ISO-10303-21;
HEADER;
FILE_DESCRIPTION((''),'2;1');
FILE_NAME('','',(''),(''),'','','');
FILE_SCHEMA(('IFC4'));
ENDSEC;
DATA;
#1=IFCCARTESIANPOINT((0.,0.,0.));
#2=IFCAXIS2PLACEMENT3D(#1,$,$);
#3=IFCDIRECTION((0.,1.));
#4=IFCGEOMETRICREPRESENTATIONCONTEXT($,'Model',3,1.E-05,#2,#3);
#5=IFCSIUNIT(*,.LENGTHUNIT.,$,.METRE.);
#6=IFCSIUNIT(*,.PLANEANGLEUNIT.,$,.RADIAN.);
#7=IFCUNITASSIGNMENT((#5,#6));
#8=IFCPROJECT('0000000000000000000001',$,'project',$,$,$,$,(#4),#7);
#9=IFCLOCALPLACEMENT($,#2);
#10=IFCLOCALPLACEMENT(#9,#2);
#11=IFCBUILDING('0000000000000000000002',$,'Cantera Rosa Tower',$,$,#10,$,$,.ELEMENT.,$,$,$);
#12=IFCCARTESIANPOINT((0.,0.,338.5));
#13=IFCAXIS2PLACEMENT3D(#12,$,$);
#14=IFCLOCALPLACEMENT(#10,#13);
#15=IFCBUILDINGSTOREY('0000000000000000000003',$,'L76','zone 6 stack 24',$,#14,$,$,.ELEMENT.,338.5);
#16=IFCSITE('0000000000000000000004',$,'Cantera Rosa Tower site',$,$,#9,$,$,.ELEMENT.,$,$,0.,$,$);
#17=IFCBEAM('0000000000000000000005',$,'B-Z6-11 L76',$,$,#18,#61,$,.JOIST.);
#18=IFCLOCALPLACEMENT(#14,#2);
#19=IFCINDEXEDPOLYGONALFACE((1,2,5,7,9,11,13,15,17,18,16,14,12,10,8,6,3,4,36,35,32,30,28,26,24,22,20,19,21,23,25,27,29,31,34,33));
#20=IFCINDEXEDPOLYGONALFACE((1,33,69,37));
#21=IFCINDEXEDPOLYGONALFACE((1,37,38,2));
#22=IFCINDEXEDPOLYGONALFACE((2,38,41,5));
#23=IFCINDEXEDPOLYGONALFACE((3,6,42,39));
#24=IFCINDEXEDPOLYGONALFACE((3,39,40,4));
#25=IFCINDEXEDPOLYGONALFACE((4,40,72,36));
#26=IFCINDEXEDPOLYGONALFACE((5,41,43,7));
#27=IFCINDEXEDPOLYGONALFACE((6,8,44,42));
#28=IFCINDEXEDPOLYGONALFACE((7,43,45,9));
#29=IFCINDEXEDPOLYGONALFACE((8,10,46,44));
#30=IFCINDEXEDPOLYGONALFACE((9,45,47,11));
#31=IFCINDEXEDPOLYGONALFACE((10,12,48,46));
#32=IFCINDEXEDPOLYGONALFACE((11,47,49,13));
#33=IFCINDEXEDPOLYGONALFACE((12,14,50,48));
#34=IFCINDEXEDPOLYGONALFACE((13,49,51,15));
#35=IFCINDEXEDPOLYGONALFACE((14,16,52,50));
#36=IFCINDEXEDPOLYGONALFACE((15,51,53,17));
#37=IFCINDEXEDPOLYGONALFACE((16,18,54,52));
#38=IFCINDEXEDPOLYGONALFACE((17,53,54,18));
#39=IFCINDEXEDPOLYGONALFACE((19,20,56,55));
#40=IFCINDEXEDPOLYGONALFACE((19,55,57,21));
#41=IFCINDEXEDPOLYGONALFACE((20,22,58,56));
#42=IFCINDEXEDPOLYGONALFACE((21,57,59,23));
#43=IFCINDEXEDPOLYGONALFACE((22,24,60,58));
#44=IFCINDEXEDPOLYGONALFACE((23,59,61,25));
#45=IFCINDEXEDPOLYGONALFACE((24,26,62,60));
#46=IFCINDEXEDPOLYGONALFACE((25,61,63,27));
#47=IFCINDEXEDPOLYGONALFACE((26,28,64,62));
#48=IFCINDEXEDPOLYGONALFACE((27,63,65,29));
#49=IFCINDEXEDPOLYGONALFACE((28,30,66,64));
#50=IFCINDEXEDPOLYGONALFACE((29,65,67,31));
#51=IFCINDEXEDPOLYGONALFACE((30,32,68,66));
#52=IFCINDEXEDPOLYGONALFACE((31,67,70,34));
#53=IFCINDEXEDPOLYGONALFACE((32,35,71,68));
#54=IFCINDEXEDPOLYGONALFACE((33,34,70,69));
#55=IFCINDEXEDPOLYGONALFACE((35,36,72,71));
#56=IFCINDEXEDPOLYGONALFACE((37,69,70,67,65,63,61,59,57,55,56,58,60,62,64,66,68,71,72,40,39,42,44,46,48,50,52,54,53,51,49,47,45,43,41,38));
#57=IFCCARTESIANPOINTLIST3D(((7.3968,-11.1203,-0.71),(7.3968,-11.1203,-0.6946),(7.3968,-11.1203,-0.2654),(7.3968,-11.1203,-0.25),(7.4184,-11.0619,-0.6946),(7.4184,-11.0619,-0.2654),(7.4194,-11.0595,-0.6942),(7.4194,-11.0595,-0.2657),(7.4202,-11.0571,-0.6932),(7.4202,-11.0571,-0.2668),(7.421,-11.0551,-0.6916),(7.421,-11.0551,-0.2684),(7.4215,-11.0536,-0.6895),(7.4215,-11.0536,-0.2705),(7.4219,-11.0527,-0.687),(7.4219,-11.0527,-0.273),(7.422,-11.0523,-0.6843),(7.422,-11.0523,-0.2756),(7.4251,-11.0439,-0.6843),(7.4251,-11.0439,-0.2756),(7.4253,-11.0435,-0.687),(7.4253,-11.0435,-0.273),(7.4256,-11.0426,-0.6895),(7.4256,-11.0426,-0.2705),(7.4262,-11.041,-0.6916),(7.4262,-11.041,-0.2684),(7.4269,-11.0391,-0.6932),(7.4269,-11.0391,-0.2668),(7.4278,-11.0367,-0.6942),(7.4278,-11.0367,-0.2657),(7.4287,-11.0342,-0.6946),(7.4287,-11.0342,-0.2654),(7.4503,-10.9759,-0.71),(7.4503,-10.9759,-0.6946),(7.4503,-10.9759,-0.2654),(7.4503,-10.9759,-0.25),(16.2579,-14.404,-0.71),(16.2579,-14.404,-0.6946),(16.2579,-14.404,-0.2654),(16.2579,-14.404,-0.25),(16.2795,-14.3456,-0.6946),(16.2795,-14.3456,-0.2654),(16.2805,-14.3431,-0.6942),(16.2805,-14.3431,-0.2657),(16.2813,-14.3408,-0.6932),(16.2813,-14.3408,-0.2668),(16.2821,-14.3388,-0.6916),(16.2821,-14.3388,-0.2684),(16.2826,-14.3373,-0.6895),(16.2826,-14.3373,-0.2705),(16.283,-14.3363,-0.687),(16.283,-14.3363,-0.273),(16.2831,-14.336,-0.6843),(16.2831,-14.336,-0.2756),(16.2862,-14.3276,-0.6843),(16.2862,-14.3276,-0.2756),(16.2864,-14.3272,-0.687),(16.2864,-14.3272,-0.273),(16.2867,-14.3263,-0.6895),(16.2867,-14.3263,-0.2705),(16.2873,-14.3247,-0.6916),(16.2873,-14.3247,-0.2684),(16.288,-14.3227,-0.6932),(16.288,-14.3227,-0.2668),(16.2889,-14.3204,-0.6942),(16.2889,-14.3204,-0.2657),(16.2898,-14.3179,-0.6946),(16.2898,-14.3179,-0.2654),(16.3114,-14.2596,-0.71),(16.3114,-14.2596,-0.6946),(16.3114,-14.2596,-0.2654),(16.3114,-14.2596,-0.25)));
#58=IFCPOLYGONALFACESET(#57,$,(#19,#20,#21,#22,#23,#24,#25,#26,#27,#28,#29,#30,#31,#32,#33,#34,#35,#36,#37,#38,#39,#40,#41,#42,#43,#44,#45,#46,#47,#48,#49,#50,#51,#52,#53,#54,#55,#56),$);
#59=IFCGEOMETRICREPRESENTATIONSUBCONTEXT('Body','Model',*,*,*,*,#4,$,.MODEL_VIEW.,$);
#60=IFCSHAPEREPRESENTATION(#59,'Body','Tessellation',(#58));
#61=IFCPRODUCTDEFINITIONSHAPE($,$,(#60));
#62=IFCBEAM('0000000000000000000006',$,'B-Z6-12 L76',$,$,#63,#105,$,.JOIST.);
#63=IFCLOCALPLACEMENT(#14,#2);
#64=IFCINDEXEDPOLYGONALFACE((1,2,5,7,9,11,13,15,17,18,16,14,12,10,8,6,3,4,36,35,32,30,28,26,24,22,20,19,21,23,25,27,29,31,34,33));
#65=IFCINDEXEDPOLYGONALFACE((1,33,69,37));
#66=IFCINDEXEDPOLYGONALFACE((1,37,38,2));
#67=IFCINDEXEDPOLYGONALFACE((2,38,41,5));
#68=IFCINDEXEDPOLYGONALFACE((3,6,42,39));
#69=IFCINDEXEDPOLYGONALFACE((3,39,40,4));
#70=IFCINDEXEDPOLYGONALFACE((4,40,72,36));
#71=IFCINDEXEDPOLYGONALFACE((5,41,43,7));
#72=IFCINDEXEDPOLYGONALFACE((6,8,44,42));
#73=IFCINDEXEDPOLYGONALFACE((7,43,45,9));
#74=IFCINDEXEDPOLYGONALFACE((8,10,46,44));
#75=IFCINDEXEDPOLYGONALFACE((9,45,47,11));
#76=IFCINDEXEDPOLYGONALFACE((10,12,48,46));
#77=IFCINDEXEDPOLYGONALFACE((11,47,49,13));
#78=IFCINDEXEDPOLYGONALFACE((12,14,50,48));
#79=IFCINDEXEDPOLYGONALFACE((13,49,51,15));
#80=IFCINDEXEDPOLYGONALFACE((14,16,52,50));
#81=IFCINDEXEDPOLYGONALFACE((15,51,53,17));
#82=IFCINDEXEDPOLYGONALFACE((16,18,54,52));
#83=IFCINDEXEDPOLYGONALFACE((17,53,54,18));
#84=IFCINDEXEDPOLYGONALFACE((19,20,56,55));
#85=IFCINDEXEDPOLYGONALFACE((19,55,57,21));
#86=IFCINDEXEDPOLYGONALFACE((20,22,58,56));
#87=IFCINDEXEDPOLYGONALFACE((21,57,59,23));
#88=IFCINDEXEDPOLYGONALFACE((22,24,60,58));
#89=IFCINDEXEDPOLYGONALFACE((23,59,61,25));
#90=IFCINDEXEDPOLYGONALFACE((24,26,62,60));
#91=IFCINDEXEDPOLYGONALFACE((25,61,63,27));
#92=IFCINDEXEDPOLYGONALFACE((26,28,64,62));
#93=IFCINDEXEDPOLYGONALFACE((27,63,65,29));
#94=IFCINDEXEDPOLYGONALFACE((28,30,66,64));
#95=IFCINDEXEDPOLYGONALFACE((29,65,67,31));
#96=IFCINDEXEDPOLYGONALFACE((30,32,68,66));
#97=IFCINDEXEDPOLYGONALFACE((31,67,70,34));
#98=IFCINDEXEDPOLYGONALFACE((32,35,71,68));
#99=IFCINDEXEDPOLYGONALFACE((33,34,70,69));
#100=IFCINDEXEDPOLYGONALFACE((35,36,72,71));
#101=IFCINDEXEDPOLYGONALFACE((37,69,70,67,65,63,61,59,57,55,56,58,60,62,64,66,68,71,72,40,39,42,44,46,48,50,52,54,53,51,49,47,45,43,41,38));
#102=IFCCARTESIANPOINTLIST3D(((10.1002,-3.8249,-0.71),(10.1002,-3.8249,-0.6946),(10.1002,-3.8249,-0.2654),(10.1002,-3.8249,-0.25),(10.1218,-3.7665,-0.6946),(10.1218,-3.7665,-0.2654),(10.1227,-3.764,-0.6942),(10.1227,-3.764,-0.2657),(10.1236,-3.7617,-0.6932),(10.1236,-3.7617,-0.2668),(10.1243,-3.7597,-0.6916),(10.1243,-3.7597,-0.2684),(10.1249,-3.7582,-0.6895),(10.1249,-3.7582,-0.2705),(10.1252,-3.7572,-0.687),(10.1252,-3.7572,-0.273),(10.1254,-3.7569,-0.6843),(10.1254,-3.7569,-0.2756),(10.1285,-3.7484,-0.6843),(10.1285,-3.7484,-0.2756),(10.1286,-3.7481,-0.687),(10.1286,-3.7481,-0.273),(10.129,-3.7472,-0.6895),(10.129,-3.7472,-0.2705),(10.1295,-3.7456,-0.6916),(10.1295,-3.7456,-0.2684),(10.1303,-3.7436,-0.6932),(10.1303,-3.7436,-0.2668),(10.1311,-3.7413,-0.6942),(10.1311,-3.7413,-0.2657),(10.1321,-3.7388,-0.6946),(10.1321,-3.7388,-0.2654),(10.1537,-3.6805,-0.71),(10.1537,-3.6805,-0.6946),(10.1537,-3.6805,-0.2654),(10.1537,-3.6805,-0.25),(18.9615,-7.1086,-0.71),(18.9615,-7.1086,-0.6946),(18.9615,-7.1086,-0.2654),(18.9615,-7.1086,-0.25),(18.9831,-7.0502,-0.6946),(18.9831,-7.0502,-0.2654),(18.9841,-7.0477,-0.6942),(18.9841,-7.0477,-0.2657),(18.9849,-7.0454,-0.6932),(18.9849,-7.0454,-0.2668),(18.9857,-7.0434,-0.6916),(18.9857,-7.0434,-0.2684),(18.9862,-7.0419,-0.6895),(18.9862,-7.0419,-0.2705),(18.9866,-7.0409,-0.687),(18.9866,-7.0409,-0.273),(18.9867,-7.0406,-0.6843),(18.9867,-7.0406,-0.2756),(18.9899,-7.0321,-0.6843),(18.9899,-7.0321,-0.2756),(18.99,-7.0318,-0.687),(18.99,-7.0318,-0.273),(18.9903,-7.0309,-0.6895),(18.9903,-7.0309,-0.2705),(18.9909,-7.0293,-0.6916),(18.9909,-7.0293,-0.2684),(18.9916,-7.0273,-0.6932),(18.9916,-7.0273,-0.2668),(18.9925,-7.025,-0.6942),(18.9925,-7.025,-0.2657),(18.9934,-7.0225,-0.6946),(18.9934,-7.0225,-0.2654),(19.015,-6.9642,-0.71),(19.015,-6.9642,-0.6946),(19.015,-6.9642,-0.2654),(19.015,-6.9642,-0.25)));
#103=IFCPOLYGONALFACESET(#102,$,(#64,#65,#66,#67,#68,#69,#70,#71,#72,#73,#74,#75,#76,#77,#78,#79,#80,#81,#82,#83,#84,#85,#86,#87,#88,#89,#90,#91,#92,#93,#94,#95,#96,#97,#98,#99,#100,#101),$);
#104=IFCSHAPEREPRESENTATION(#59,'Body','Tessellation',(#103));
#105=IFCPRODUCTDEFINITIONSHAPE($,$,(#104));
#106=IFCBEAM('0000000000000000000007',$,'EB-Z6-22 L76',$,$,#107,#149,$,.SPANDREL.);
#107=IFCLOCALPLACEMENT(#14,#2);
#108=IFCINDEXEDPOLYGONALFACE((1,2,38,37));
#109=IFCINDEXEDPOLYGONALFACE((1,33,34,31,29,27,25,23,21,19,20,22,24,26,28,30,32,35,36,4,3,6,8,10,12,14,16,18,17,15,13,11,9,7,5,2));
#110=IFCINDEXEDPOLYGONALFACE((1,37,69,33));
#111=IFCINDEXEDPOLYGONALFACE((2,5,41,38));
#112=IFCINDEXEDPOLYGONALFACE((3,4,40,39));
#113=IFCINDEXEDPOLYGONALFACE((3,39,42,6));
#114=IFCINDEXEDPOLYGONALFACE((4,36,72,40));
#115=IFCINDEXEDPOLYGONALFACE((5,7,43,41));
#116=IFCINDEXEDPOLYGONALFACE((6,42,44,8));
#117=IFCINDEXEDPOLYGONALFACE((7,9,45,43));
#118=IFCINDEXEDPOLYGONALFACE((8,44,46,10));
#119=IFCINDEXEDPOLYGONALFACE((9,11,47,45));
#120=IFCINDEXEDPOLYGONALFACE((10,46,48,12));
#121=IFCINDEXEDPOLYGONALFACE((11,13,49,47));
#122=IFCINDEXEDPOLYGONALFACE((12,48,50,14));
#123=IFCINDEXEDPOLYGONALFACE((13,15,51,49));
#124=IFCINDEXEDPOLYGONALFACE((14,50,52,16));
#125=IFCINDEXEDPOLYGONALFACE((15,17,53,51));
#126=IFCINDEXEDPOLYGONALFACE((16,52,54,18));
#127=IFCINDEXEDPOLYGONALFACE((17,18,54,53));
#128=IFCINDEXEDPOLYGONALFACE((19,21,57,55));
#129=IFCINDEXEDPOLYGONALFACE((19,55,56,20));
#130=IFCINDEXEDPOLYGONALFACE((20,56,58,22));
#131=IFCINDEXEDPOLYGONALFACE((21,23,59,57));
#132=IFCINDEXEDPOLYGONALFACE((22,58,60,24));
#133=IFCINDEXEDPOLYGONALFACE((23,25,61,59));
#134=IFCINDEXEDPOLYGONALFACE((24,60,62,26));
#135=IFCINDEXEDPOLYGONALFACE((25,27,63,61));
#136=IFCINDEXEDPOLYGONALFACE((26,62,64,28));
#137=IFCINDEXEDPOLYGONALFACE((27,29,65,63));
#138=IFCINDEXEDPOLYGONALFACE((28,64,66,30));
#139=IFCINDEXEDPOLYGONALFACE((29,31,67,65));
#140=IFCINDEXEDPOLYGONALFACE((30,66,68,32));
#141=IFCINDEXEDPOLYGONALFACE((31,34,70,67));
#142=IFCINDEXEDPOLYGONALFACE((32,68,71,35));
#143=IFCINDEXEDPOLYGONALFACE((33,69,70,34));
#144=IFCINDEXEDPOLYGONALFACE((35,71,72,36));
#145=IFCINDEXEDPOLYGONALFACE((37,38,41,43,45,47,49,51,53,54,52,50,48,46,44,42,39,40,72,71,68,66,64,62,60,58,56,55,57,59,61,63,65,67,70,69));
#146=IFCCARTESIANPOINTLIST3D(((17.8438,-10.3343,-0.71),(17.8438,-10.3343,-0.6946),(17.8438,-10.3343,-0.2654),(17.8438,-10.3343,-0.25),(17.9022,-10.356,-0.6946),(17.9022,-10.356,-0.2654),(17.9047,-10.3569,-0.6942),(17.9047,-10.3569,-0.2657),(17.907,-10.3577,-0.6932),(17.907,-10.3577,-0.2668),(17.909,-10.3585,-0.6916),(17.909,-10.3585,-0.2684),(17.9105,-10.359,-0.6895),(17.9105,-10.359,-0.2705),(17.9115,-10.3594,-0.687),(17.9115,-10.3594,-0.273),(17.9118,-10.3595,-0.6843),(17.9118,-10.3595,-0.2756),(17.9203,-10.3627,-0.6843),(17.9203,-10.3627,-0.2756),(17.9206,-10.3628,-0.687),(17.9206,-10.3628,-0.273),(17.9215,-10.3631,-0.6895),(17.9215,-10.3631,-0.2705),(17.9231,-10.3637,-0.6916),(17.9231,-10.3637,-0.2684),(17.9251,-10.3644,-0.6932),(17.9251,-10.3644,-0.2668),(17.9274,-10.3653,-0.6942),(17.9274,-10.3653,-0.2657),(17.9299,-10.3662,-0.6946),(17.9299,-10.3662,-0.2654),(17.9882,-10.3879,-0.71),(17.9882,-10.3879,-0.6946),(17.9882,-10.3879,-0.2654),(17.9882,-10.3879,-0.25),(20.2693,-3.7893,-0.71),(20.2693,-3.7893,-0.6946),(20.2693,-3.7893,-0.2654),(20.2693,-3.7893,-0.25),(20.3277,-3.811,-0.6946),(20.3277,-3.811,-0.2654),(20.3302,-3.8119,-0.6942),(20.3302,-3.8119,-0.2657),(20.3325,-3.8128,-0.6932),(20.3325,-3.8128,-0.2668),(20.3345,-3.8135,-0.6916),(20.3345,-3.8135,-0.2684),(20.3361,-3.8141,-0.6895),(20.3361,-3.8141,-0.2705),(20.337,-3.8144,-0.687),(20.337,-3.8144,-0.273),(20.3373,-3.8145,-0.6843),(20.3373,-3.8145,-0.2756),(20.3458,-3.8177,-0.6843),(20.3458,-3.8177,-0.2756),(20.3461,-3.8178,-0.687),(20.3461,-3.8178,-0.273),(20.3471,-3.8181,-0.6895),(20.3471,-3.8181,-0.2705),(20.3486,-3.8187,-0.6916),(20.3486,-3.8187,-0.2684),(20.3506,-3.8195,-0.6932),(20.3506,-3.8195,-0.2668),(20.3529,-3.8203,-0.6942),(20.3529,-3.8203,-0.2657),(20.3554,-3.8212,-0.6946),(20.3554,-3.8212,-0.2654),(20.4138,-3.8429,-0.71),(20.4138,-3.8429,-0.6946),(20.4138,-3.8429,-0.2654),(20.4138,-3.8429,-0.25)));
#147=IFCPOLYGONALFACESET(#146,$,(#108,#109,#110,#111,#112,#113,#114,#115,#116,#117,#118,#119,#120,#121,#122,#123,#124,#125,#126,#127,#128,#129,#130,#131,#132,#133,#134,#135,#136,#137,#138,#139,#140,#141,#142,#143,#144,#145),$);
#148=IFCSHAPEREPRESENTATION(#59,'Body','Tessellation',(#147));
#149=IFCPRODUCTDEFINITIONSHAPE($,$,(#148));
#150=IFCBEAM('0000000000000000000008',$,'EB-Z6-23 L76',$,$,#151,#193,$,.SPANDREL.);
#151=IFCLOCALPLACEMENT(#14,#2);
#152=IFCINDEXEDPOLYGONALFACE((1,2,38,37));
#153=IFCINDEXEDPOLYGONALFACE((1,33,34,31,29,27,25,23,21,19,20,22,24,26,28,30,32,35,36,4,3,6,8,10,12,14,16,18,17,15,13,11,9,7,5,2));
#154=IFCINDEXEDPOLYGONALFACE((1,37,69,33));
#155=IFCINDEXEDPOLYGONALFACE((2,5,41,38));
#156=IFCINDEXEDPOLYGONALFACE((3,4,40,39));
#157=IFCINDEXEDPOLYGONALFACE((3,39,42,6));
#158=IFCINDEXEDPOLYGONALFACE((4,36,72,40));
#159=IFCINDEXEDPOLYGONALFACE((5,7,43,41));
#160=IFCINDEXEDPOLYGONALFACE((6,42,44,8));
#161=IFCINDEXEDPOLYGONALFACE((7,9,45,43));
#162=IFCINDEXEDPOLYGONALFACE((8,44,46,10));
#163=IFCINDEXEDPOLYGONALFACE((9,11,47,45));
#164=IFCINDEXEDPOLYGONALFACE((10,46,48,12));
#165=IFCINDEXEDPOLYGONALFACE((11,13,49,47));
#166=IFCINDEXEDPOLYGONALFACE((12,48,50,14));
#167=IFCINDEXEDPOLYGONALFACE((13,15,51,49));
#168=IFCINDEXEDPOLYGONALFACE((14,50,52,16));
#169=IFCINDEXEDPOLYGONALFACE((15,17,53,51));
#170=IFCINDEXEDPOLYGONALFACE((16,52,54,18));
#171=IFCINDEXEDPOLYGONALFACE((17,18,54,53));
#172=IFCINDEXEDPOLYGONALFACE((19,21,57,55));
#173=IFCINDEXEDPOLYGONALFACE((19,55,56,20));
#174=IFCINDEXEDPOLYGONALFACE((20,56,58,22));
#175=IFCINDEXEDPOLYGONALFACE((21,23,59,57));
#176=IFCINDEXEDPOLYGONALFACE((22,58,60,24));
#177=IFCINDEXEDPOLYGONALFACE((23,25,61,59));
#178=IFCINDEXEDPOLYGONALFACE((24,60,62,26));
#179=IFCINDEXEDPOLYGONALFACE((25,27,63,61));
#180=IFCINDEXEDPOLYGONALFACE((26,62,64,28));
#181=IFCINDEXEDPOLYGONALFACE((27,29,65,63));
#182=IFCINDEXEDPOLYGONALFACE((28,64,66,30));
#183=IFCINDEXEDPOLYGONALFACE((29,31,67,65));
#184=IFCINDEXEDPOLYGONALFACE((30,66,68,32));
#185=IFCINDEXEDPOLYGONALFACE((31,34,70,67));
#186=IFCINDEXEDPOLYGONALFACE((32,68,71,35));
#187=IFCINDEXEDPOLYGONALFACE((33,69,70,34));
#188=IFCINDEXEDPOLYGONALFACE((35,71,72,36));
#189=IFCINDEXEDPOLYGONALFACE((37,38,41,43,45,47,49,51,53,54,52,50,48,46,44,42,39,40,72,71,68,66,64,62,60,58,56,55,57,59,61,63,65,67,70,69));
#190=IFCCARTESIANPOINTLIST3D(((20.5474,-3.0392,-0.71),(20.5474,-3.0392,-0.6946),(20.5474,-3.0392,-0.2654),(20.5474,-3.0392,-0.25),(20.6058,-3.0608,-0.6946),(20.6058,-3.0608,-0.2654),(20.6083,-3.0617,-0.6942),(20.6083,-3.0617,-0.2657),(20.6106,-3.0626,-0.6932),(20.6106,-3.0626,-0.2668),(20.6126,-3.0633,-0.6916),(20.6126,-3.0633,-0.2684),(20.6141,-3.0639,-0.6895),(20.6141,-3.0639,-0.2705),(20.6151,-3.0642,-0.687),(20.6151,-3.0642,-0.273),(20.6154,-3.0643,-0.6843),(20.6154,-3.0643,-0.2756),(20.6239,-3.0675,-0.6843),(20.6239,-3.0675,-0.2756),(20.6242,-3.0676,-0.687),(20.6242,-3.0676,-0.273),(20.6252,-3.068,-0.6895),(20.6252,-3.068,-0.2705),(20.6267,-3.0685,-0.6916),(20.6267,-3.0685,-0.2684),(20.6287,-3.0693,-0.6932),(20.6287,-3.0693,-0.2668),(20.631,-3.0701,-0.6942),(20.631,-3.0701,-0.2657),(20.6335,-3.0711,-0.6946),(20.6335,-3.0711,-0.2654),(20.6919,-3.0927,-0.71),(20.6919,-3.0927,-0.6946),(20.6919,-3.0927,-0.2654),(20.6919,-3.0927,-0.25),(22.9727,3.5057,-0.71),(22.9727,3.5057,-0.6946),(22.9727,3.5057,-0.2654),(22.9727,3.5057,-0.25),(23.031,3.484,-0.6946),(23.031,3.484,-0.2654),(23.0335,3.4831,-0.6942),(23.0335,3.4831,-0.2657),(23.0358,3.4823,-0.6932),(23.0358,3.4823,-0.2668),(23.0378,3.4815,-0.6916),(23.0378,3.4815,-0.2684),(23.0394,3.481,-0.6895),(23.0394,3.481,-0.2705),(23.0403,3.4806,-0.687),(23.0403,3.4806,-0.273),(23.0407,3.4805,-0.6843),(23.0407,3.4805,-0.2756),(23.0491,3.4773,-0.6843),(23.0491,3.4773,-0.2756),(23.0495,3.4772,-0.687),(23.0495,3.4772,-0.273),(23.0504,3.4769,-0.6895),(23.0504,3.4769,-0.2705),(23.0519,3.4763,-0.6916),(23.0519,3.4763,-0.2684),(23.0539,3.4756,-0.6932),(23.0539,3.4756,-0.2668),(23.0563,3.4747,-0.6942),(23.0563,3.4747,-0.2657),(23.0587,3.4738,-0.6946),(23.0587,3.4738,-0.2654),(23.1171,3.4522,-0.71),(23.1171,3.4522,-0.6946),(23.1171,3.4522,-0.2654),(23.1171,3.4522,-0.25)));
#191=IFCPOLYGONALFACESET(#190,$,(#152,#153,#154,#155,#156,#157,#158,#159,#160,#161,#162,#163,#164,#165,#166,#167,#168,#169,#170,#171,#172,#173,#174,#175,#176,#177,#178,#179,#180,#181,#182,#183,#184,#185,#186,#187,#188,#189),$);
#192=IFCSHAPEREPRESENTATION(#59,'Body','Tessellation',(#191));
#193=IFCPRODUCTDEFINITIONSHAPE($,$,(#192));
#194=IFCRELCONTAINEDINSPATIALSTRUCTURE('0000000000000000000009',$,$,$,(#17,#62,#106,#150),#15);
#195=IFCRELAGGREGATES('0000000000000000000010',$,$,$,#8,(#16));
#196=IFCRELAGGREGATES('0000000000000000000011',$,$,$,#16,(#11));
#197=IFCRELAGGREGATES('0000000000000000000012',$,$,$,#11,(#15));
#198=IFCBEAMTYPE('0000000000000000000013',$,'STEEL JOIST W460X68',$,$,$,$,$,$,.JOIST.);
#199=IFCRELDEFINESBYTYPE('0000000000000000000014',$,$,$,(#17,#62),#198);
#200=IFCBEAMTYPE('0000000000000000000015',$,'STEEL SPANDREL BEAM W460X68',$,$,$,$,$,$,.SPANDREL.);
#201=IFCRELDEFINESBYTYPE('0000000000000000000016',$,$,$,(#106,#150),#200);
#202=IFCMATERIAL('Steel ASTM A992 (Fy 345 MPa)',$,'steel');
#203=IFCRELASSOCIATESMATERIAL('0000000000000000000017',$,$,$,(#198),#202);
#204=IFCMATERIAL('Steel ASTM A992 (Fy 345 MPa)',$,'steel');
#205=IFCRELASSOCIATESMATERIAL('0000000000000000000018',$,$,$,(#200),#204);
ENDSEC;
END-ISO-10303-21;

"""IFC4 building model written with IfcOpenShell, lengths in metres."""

from ifc_helpers import new_model, si_unit, direction, frame, origin, origin_2d, place, context, subcontext, project, spatial, i_section, extrude, material, material_profile, profile_set, type_object, element, save


model = new_model("IFC4")

# Units and contexts
model_context = context("Model", 3, precision=1e-05, world=origin(), true_north=direction((0.0, 1.0)))
body_context = subcontext(model_context, "Body", "Model", "MODEL_VIEW")
ifc_project = project(units=[si_unit("LENGTHUNIT", "METRE"), si_unit("PLANEANGLEUNIT", "RADIAN")], contexts=[model_context])

# Site, building, storey
site_placement = place(None, origin())
site = spatial("IfcSite", under=ifc_project, at=site_placement, Name="Cantera Rosa Tower site", CompositionType="ELEMENT", RefElevation=0.0)
building_placement = place(site_placement, origin())
building = spatial("IfcBuilding", under=site, at=building_placement, Name="Cantera Rosa Tower", CompositionType="ELEMENT")
storey_placement = place(building_placement, frame((0.0, 0.0, 338.5)))
storey = spatial("IfcBuildingStorey", under=building, at=storey_placement, Name="L76", Description="zone 6 stack 24", CompositionType="ELEMENT", Elevation=338.5)

# Beams
ifc_material_1 = material(Name="Steel ASTM A992 (Fy 345 MPa)", Category="steel")
ifc_material_profile_1 = material_profile(ifc_material_1, i_section(OverallWidth=0.1541, OverallDepth=0.46, WebThickness=0.009, FlangeThickness=0.0154, FilletRadius=0.0103, at=origin_2d()), Name="W460X68")
ifc_profile_set_1 = profile_set([ifc_material_profile_1], Name="Steel ASTM A992 (Fy 345 MPa)")
beam_type_1 = type_object("IfcBeamType", Name="STEEL JOIST W460X68", PredefinedType="JOIST", material=ifc_profile_set_1)
beam_1_placement = place(storey_placement, frame((16.2847, -14.3318, -0.48), z_axis=(-0.937686, 0.347483, 0.0), x_axis=(-0.347483, -0.937686, 0.0)))
element("IfcBeam", 1, at=beam_1_placement, inside=storey, type_object=beam_type_1, Name="B-Z6-11 L76", PredefinedType="JOIST", context=body_context, shape_type="SweptSolid", body=[
    extrude(i_section(OverallWidth=0.1541, OverallDepth=0.46, WebThickness=0.009, FlangeThickness=0.0154, FilletRadius=0.0103, at=origin_2d()), origin(), (0.0, 0.0, 1.0), 9.45),
])
beam_2_placement = place(storey_placement, frame((18.9883, -7.0364, -0.48), z_axis=(-0.93769, 0.347474, 0.0), x_axis=(-0.347474, -0.93769, 0.0)))
element("IfcBeam", 2, at=beam_2_placement, inside=storey, type_object=beam_type_1, Name="B-Z6-12 L76", PredefinedType="JOIST", context=body_context, shape_type="SweptSolid", body=[
    extrude(i_section(OverallWidth=0.1541, OverallDepth=0.46, WebThickness=0.009, FlangeThickness=0.0154, FilletRadius=0.0103, at=origin_2d()), origin(), (0.0, 0.0, 1.0), 9.4502),
])
ifc_material_2 = material(Name="Steel ASTM A992 (Fy 345 MPa)", Category="steel")
ifc_material_profile_2 = material_profile(ifc_material_2, i_section(OverallWidth=0.1541, OverallDepth=0.46, WebThickness=0.009, FlangeThickness=0.0154, FilletRadius=0.0103, at=origin_2d()), Name="W460X68")
ifc_profile_set_2 = profile_set([ifc_material_profile_2], Name="Steel ASTM A992 (Fy 345 MPa)")
beam_type_2 = type_object("IfcBeamType", Name="STEEL SPANDREL BEAM W460X68", PredefinedType="SPANDREL", material=ifc_profile_set_2)
beam_3_placement = place(storey_placement, frame((17.916, -10.3611, -0.48), z_axis=(0.347502, 0.937679, 0.0), x_axis=(-0.937679, 0.347502, 0.0)))
element("IfcBeam", 3, at=beam_3_placement, inside=storey, type_object=beam_type_2, Name="EB-Z6-22 L76", PredefinedType="SPANDREL", context=body_context, shape_type="SweptSolid", body=[
    extrude(i_section(OverallWidth=0.1541, OverallDepth=0.46, WebThickness=0.009, FlangeThickness=0.0154, FilletRadius=0.0103, at=origin_2d()), origin(), (0.0, 0.0, 1.0), 6.98),
])
beam_4_placement = place(storey_placement, frame((20.6196, -3.0659, -0.48), z_axis=(0.347472, 0.937691, 0.0), x_axis=(-0.937691, 0.347472, 0.0)))
element("IfcBeam", 4, at=beam_4_placement, inside=storey, type_object=beam_type_2, Name="EB-Z6-23 L76", PredefinedType="SPANDREL", context=body_context, shape_type="SweptSolid", body=[
    extrude(i_section(OverallWidth=0.1541, OverallDepth=0.46, WebThickness=0.009, FlangeThickness=0.0154, FilletRadius=0.0103, at=origin_2d()), origin(), (0.0, 0.0, 1.0), 6.9797),
])

save(model, "model.ifc")
